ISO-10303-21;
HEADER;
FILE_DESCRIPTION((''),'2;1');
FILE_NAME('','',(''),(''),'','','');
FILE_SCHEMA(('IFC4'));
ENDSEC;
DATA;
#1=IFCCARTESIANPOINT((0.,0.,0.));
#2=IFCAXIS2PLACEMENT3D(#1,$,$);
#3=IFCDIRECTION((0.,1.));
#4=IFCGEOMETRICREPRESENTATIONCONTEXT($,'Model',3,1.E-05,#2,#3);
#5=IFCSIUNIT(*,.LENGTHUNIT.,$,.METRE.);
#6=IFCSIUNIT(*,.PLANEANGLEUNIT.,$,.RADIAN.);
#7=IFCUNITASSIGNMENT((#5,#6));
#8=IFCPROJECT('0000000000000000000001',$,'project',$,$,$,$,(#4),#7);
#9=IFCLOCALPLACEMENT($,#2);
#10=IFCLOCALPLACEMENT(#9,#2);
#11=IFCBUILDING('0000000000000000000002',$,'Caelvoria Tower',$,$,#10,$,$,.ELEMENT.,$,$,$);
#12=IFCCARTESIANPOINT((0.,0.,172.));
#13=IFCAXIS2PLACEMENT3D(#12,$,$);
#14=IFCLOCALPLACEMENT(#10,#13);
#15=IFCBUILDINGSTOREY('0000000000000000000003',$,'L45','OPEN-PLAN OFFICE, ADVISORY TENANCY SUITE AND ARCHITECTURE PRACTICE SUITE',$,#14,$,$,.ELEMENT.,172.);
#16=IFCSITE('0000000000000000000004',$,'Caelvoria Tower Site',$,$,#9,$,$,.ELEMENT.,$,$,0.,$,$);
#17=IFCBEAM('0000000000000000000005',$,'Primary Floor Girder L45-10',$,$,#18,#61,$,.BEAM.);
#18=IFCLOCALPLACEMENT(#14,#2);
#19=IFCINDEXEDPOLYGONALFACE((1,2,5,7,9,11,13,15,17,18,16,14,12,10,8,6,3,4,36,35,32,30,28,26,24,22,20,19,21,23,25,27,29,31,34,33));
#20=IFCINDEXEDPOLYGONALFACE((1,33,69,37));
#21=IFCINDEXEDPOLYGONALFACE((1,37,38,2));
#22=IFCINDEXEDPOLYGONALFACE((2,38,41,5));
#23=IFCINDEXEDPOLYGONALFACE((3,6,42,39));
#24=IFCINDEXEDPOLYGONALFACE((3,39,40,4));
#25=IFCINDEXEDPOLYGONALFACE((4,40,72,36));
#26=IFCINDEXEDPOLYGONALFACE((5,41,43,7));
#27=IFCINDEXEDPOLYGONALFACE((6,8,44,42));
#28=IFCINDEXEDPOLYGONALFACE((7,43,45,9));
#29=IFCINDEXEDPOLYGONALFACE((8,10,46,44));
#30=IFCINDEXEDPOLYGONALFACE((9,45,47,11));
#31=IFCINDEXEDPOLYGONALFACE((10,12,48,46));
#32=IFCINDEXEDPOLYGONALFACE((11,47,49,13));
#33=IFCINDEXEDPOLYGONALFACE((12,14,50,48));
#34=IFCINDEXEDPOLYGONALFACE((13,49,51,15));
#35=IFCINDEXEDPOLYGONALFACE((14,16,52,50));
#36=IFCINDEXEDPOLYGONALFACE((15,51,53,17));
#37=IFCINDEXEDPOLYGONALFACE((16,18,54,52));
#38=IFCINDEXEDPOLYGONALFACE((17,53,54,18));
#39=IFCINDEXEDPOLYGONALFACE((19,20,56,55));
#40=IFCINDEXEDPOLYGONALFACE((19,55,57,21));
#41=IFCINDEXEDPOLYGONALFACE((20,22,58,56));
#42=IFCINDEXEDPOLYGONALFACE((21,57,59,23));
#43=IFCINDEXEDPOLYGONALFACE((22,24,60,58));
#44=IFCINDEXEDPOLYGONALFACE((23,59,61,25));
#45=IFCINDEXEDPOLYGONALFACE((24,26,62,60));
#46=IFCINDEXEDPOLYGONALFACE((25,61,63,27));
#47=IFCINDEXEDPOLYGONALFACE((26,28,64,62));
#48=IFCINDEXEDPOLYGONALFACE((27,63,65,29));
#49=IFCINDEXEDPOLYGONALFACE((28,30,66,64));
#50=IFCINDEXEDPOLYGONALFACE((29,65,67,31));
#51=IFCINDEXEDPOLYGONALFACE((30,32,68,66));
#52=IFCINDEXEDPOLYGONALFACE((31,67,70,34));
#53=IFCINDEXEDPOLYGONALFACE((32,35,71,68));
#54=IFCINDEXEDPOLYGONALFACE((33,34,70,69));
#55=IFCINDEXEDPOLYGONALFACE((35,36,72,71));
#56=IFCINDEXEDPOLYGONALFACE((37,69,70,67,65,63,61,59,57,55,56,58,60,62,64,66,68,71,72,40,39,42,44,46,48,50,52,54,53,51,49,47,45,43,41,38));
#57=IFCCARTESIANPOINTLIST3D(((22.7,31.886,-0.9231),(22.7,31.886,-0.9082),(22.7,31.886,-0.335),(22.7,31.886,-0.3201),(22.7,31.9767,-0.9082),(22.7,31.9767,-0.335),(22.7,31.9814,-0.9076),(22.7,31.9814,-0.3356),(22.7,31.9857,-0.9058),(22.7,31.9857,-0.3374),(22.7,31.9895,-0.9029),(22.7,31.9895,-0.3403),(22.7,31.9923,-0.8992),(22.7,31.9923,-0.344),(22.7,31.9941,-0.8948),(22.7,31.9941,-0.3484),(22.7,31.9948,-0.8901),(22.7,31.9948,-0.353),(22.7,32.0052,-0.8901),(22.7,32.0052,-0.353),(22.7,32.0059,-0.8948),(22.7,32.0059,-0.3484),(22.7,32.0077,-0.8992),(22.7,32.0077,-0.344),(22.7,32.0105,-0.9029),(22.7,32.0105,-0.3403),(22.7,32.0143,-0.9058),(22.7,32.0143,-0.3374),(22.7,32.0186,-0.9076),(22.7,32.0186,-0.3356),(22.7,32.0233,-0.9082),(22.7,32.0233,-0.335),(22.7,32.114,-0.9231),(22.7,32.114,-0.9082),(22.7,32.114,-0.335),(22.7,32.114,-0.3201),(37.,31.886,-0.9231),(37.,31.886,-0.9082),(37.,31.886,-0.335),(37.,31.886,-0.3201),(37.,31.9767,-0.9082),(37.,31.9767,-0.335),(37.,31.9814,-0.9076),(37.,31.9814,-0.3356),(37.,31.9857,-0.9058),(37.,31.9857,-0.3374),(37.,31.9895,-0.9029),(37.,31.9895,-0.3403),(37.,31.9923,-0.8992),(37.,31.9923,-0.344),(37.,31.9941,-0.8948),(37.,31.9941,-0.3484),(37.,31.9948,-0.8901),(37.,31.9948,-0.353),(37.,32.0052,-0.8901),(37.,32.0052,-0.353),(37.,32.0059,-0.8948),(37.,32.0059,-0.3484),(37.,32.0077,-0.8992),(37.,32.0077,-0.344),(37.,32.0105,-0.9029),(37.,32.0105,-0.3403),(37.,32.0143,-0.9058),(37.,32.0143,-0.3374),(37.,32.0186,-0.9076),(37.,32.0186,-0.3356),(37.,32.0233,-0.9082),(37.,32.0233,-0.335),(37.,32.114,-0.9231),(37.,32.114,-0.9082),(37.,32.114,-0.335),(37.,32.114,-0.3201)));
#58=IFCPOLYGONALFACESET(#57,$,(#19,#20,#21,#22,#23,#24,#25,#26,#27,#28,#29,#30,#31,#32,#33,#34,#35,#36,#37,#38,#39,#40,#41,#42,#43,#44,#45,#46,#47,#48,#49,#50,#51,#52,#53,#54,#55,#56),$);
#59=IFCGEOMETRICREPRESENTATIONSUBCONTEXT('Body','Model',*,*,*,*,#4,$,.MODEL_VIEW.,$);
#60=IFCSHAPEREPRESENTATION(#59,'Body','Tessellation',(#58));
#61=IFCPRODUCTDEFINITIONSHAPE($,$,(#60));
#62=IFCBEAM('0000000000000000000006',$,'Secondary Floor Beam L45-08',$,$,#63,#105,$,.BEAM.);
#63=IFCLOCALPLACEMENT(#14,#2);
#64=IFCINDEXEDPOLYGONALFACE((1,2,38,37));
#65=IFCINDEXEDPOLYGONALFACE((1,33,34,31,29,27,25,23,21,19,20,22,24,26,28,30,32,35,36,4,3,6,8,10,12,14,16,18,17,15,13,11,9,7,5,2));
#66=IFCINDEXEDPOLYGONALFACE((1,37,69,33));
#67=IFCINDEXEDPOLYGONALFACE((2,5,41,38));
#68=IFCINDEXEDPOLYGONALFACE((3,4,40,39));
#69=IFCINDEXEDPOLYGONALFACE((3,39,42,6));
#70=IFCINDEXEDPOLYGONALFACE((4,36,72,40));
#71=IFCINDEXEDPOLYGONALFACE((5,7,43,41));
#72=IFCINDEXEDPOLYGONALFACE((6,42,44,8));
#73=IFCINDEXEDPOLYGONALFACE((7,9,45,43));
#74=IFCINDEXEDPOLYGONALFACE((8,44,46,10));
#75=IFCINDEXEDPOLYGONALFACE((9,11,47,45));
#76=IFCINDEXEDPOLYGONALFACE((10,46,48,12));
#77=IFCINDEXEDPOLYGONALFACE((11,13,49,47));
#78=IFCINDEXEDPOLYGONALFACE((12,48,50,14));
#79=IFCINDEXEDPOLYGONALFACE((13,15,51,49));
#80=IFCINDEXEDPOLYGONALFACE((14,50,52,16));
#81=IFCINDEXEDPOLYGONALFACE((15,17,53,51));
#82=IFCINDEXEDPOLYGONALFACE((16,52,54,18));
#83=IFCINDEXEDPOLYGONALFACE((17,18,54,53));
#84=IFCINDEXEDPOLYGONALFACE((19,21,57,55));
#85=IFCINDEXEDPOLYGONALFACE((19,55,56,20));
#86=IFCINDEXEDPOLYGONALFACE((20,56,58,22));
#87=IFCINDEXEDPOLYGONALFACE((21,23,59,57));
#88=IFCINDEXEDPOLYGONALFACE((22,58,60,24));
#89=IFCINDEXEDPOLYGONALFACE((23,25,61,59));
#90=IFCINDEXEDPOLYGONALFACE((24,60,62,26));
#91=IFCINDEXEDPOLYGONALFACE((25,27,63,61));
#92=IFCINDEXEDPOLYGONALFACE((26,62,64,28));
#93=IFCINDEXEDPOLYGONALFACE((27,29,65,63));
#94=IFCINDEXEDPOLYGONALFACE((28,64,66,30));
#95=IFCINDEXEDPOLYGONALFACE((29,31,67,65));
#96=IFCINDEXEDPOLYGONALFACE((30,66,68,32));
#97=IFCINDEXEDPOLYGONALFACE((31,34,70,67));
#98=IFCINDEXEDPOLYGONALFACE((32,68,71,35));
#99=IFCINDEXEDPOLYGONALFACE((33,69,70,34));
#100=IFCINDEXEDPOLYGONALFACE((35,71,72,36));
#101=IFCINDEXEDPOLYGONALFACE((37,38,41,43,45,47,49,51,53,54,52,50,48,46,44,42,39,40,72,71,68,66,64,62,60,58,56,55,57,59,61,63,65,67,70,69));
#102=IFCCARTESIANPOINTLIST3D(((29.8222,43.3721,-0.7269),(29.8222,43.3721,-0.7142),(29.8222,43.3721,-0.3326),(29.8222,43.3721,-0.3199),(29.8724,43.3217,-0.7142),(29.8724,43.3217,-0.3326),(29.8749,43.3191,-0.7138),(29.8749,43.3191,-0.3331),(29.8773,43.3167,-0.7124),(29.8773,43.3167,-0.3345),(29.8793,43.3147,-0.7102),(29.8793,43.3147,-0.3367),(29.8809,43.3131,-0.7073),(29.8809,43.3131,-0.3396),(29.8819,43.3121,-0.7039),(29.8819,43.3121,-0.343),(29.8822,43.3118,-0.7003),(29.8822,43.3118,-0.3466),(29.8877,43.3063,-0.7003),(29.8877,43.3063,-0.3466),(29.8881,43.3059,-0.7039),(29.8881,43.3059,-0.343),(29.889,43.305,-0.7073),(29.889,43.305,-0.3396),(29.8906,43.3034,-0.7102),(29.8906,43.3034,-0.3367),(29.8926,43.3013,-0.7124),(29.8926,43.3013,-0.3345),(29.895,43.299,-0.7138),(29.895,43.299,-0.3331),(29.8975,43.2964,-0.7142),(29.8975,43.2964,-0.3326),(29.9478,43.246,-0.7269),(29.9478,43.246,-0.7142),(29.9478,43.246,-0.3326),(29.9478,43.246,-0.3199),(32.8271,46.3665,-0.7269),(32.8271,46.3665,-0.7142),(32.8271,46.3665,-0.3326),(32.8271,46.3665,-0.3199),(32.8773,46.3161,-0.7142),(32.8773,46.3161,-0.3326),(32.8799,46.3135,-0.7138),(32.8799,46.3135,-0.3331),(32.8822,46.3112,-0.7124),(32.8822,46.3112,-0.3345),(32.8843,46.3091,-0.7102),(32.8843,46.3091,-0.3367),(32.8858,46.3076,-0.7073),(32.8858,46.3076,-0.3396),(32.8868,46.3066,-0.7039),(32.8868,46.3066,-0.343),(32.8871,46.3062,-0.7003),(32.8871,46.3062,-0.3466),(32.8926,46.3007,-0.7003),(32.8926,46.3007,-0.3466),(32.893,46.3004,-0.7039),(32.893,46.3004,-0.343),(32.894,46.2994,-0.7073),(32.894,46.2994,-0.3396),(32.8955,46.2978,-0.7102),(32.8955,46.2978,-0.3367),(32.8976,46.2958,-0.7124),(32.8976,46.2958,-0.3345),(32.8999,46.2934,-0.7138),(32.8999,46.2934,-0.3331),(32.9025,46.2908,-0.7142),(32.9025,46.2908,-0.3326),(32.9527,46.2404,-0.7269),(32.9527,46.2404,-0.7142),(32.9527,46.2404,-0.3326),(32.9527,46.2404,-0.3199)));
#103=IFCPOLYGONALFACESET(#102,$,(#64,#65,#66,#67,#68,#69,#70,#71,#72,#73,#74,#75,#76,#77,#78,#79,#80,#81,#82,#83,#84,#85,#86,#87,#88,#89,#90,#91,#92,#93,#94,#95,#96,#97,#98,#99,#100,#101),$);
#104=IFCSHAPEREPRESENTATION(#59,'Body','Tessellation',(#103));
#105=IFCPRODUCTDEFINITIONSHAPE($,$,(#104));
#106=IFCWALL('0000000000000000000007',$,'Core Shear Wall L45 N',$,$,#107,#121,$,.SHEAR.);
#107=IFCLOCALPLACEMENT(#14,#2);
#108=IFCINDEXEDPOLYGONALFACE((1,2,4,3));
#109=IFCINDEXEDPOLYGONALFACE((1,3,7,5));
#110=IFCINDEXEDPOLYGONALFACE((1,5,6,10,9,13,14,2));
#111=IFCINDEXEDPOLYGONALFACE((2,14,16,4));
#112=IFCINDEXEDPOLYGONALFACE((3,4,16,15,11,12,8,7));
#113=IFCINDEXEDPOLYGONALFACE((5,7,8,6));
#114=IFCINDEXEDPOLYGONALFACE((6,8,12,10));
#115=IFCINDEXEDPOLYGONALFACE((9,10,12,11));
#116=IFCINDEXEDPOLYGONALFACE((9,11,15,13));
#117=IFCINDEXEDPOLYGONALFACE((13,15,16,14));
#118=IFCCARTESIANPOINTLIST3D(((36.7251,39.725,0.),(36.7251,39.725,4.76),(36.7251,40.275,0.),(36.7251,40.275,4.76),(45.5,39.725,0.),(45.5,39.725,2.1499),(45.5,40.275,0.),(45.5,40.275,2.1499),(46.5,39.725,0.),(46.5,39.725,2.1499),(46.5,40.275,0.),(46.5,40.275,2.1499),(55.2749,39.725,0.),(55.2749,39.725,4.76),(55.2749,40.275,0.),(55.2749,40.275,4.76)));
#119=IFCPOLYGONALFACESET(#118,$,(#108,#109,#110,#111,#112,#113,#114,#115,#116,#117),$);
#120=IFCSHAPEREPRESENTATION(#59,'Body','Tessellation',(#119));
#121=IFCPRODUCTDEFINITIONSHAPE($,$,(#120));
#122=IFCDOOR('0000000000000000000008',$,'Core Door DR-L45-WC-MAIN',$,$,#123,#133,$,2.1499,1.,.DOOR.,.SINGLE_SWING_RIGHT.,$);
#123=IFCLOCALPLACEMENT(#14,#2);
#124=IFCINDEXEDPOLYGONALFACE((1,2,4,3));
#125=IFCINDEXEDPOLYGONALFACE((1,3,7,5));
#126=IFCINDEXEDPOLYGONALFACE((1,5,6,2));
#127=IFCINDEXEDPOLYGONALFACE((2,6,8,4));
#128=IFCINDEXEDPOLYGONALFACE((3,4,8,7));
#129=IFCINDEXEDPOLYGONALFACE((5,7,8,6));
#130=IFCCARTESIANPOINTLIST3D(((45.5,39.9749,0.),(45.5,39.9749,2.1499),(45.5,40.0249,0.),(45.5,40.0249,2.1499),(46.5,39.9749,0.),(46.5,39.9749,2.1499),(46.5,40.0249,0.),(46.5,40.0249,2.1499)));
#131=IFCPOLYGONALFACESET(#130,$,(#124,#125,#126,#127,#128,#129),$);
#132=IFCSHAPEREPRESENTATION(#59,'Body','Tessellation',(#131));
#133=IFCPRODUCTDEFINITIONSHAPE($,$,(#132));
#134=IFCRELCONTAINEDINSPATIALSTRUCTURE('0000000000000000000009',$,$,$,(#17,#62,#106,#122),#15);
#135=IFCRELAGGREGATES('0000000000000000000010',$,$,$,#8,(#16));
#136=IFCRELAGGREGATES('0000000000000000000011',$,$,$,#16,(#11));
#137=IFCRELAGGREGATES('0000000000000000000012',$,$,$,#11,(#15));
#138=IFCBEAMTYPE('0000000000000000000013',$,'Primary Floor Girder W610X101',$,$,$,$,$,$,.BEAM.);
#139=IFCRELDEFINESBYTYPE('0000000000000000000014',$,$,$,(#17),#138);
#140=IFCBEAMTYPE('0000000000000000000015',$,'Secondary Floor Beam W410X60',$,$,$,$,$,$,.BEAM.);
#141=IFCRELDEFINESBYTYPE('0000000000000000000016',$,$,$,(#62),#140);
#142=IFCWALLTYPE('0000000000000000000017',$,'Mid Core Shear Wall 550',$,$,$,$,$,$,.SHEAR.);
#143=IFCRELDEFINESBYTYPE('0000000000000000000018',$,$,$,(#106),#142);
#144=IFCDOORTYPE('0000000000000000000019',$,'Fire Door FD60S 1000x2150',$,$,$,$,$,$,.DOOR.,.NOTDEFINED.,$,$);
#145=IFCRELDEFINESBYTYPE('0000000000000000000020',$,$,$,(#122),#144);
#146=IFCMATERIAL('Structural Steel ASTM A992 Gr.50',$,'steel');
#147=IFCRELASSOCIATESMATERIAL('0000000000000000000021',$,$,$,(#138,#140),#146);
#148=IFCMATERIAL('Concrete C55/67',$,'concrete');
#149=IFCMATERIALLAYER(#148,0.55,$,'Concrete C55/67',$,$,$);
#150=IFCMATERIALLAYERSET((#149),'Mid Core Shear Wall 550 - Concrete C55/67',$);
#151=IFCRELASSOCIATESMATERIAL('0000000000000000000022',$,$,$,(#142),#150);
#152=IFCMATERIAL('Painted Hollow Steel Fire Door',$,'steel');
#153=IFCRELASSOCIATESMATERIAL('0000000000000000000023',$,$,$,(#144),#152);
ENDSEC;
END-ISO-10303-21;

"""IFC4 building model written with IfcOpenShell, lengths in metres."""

from ifc_helpers import new_model, si_unit, direction, frame, frame_2d, origin, origin_2d, place, context, subcontext, project, spatial, rectangle, i_section, extrude, material, layer, layer_set, material_profile, profile_set, type_object, element, fill, save


model = new_model("IFC4")

# Units and contexts
model_context = context("Model", 3, precision=1e-05, world=origin(), true_north=direction((0.0, 1.0)))
body_context = subcontext(model_context, "Body", "Model", "MODEL_VIEW")
ifc_project = project(units=[si_unit("LENGTHUNIT", "METRE"), si_unit("PLANEANGLEUNIT", "RADIAN")], contexts=[model_context])

# Site, building, storey
site_placement = place(None, origin())
site = spatial("IfcSite", under=ifc_project, at=site_placement, Name="Caelvoria Tower Site", CompositionType="ELEMENT", RefElevation=0.0)
building_placement = place(site_placement, origin())
building = spatial("IfcBuilding", under=site, at=building_placement, Name="Caelvoria Tower", CompositionType="ELEMENT")
storey_placement = place(building_placement, frame((0.0, 0.0, 172.0)))
storey = spatial("IfcBuildingStorey", under=building, at=storey_placement, Name="L45", Description="OPEN-PLAN OFFICE, ADVISORY TENANCY SUITE AND ARCHITECTURE PRACTICE SUITE", CompositionType="ELEMENT", Elevation=172.0)

# Beams
ifc_material_1 = material(Name="Structural Steel ASTM A992 Gr.50", Category="steel")
ifc_material_profile_1 = material_profile(ifc_material_1, i_section(OverallWidth=0.228, OverallDepth=0.603, WebThickness=0.0105, FlangeThickness=0.0149, FilletRadius=0.0181, at=origin_2d()), Name="Structural Steel ASTM A992 Gr.50")
ifc_profile_set_1 = profile_set([ifc_material_profile_1], Name="W610X101 - Structural Steel ASTM A992 Gr.50")
beam_type_1 = type_object("IfcBeamType", Name="Primary Floor Girder W610X101", PredefinedType="BEAM", material=ifc_profile_set_1)
beam_1_placement = place(storey_placement, frame((37.0, 32.0, -0.6216), z_axis=(-1.0, 0.0, 0.0), x_axis=(0.0, -1.0, 0.0)))
element("IfcBeam", 1, at=beam_1_placement, inside=storey, type_object=beam_type_1, Name="Primary Floor Girder L45-10", PredefinedType="BEAM", context=body_context, shape_type="SweptSolid", body=[
    extrude(i_section(OverallWidth=0.228, OverallDepth=0.603, WebThickness=0.0105, FlangeThickness=0.0149, FilletRadius=0.0181, at=origin_2d()), origin(), (0.0, 0.0, 1.0), 14.3),
])
ifc_material_profile_2 = material_profile(ifc_material_1, i_section(OverallWidth=0.178, OverallDepth=0.407, WebThickness=0.0078, FlangeThickness=0.0127, FilletRadius=0.0139, at=origin_2d()), Name="Structural Steel ASTM A992 Gr.50")
ifc_profile_set_2 = profile_set([ifc_material_profile_2], Name="W410X60 - Structural Steel ASTM A992 Gr.50")
beam_type_2 = type_object("IfcBeamType", Name="Secondary Floor Beam W410X60", PredefinedType="BEAM", material=ifc_profile_set_2)
beam_2_placement = place(storey_placement, frame((32.8899, 46.3035, -0.5234), z_axis=(-0.708343, -0.705868, 0.0), x_axis=(0.705868, -0.708343, 0.0)))
element("IfcBeam", 2, at=beam_2_placement, inside=storey, type_object=beam_type_2, Name="Secondary Floor Beam L45-08", PredefinedType="BEAM", context=body_context, shape_type="SweptSolid", body=[
    extrude(i_section(OverallWidth=0.178, OverallDepth=0.407, WebThickness=0.0078, FlangeThickness=0.0127, FilletRadius=0.0139, at=origin_2d()), origin(), (0.0, 0.0, 1.0), 4.2422),
])

# Wall, opening, door
ifc_material_2 = material(Name="Concrete C55/67", Category="concrete")
ifc_layer_1 = layer(ifc_material_2, 0.55, Name="Concrete C55/67")
ifc_layer_set_1 = layer_set([ifc_layer_1], Name="Mid Core Shear Wall 550 - Concrete C55/67")
wall_type_1 = type_object("IfcWallType", Name="Mid Core Shear Wall 550", PredefinedType="SHEAR", material=ifc_layer_set_1)
wall_1_placement = place(storey_placement, frame((36.7251, 40.0, 0.0), z_axis=(0.0, 0.0, 1.0), x_axis=(1.0, 0.0, 0.0)))
wall_1 = element("IfcWall", 3, at=wall_1_placement, inside=storey, type_object=wall_type_1, Name="Core Shear Wall L45 N", PredefinedType="SHEAR", context=body_context, shape_type="SweptSolid", body=[
    extrude(rectangle(XDim=18.5498, YDim=0.55, at=frame_2d((9.2749, 0.0))), origin(), (0.0, 0.0, 1.0), 4.76),
])
opening_1_placement = place(wall_1_placement, frame((8.7749, 0.0, 0.0)))
opening_1 = element("IfcOpeningElement", 4, at=opening_1_placement, cuts=wall_1, PredefinedType="OPENING", context=body_context, shape_type="SweptSolid", body=[
    extrude(rectangle(XDim=1.0, YDim=2.1499, at=frame_2d((0.5, 1.075))), frame((0.0, 0.2849, 0.0), z_axis=(0.0, -1.0, 0.0), x_axis=(1.0, 0.0, 0.0)), (0.0, 0.0, 1.0), 0.5701),
])
ifc_material_3 = material(Name="Painted Hollow Steel Fire Door", Category="steel")
door_type_1 = type_object("IfcDoorType", Name="Fire Door FD60S 1000x2150", OperationType="NOTDEFINED", PredefinedType="DOOR", material=ifc_material_3)
door_1_placement = place(opening_1_placement, origin())
door_1 = element("IfcDoor", 5, at=door_1_placement, inside=storey, type_object=door_type_1, Name="Core Door DR-L45-WC-MAIN", OperationType="SINGLE_SWING_RIGHT", OverallHeight=2.1499, OverallWidth=1.0, PredefinedType="DOOR", context=body_context, shape_type="SweptSolid", body=[
    extrude(rectangle(XDim=1.0, YDim=2.1499, at=frame_2d((0.5, 1.075))), frame((0.0, 0.0249, 0.0), z_axis=(0.0, -1.0, 0.0), x_axis=(1.0, 0.0, 0.0)), (0.0, 0.0, 1.0), 0.05),
])
fill(opening_1, door_1)

save(model, "model.ifc")
